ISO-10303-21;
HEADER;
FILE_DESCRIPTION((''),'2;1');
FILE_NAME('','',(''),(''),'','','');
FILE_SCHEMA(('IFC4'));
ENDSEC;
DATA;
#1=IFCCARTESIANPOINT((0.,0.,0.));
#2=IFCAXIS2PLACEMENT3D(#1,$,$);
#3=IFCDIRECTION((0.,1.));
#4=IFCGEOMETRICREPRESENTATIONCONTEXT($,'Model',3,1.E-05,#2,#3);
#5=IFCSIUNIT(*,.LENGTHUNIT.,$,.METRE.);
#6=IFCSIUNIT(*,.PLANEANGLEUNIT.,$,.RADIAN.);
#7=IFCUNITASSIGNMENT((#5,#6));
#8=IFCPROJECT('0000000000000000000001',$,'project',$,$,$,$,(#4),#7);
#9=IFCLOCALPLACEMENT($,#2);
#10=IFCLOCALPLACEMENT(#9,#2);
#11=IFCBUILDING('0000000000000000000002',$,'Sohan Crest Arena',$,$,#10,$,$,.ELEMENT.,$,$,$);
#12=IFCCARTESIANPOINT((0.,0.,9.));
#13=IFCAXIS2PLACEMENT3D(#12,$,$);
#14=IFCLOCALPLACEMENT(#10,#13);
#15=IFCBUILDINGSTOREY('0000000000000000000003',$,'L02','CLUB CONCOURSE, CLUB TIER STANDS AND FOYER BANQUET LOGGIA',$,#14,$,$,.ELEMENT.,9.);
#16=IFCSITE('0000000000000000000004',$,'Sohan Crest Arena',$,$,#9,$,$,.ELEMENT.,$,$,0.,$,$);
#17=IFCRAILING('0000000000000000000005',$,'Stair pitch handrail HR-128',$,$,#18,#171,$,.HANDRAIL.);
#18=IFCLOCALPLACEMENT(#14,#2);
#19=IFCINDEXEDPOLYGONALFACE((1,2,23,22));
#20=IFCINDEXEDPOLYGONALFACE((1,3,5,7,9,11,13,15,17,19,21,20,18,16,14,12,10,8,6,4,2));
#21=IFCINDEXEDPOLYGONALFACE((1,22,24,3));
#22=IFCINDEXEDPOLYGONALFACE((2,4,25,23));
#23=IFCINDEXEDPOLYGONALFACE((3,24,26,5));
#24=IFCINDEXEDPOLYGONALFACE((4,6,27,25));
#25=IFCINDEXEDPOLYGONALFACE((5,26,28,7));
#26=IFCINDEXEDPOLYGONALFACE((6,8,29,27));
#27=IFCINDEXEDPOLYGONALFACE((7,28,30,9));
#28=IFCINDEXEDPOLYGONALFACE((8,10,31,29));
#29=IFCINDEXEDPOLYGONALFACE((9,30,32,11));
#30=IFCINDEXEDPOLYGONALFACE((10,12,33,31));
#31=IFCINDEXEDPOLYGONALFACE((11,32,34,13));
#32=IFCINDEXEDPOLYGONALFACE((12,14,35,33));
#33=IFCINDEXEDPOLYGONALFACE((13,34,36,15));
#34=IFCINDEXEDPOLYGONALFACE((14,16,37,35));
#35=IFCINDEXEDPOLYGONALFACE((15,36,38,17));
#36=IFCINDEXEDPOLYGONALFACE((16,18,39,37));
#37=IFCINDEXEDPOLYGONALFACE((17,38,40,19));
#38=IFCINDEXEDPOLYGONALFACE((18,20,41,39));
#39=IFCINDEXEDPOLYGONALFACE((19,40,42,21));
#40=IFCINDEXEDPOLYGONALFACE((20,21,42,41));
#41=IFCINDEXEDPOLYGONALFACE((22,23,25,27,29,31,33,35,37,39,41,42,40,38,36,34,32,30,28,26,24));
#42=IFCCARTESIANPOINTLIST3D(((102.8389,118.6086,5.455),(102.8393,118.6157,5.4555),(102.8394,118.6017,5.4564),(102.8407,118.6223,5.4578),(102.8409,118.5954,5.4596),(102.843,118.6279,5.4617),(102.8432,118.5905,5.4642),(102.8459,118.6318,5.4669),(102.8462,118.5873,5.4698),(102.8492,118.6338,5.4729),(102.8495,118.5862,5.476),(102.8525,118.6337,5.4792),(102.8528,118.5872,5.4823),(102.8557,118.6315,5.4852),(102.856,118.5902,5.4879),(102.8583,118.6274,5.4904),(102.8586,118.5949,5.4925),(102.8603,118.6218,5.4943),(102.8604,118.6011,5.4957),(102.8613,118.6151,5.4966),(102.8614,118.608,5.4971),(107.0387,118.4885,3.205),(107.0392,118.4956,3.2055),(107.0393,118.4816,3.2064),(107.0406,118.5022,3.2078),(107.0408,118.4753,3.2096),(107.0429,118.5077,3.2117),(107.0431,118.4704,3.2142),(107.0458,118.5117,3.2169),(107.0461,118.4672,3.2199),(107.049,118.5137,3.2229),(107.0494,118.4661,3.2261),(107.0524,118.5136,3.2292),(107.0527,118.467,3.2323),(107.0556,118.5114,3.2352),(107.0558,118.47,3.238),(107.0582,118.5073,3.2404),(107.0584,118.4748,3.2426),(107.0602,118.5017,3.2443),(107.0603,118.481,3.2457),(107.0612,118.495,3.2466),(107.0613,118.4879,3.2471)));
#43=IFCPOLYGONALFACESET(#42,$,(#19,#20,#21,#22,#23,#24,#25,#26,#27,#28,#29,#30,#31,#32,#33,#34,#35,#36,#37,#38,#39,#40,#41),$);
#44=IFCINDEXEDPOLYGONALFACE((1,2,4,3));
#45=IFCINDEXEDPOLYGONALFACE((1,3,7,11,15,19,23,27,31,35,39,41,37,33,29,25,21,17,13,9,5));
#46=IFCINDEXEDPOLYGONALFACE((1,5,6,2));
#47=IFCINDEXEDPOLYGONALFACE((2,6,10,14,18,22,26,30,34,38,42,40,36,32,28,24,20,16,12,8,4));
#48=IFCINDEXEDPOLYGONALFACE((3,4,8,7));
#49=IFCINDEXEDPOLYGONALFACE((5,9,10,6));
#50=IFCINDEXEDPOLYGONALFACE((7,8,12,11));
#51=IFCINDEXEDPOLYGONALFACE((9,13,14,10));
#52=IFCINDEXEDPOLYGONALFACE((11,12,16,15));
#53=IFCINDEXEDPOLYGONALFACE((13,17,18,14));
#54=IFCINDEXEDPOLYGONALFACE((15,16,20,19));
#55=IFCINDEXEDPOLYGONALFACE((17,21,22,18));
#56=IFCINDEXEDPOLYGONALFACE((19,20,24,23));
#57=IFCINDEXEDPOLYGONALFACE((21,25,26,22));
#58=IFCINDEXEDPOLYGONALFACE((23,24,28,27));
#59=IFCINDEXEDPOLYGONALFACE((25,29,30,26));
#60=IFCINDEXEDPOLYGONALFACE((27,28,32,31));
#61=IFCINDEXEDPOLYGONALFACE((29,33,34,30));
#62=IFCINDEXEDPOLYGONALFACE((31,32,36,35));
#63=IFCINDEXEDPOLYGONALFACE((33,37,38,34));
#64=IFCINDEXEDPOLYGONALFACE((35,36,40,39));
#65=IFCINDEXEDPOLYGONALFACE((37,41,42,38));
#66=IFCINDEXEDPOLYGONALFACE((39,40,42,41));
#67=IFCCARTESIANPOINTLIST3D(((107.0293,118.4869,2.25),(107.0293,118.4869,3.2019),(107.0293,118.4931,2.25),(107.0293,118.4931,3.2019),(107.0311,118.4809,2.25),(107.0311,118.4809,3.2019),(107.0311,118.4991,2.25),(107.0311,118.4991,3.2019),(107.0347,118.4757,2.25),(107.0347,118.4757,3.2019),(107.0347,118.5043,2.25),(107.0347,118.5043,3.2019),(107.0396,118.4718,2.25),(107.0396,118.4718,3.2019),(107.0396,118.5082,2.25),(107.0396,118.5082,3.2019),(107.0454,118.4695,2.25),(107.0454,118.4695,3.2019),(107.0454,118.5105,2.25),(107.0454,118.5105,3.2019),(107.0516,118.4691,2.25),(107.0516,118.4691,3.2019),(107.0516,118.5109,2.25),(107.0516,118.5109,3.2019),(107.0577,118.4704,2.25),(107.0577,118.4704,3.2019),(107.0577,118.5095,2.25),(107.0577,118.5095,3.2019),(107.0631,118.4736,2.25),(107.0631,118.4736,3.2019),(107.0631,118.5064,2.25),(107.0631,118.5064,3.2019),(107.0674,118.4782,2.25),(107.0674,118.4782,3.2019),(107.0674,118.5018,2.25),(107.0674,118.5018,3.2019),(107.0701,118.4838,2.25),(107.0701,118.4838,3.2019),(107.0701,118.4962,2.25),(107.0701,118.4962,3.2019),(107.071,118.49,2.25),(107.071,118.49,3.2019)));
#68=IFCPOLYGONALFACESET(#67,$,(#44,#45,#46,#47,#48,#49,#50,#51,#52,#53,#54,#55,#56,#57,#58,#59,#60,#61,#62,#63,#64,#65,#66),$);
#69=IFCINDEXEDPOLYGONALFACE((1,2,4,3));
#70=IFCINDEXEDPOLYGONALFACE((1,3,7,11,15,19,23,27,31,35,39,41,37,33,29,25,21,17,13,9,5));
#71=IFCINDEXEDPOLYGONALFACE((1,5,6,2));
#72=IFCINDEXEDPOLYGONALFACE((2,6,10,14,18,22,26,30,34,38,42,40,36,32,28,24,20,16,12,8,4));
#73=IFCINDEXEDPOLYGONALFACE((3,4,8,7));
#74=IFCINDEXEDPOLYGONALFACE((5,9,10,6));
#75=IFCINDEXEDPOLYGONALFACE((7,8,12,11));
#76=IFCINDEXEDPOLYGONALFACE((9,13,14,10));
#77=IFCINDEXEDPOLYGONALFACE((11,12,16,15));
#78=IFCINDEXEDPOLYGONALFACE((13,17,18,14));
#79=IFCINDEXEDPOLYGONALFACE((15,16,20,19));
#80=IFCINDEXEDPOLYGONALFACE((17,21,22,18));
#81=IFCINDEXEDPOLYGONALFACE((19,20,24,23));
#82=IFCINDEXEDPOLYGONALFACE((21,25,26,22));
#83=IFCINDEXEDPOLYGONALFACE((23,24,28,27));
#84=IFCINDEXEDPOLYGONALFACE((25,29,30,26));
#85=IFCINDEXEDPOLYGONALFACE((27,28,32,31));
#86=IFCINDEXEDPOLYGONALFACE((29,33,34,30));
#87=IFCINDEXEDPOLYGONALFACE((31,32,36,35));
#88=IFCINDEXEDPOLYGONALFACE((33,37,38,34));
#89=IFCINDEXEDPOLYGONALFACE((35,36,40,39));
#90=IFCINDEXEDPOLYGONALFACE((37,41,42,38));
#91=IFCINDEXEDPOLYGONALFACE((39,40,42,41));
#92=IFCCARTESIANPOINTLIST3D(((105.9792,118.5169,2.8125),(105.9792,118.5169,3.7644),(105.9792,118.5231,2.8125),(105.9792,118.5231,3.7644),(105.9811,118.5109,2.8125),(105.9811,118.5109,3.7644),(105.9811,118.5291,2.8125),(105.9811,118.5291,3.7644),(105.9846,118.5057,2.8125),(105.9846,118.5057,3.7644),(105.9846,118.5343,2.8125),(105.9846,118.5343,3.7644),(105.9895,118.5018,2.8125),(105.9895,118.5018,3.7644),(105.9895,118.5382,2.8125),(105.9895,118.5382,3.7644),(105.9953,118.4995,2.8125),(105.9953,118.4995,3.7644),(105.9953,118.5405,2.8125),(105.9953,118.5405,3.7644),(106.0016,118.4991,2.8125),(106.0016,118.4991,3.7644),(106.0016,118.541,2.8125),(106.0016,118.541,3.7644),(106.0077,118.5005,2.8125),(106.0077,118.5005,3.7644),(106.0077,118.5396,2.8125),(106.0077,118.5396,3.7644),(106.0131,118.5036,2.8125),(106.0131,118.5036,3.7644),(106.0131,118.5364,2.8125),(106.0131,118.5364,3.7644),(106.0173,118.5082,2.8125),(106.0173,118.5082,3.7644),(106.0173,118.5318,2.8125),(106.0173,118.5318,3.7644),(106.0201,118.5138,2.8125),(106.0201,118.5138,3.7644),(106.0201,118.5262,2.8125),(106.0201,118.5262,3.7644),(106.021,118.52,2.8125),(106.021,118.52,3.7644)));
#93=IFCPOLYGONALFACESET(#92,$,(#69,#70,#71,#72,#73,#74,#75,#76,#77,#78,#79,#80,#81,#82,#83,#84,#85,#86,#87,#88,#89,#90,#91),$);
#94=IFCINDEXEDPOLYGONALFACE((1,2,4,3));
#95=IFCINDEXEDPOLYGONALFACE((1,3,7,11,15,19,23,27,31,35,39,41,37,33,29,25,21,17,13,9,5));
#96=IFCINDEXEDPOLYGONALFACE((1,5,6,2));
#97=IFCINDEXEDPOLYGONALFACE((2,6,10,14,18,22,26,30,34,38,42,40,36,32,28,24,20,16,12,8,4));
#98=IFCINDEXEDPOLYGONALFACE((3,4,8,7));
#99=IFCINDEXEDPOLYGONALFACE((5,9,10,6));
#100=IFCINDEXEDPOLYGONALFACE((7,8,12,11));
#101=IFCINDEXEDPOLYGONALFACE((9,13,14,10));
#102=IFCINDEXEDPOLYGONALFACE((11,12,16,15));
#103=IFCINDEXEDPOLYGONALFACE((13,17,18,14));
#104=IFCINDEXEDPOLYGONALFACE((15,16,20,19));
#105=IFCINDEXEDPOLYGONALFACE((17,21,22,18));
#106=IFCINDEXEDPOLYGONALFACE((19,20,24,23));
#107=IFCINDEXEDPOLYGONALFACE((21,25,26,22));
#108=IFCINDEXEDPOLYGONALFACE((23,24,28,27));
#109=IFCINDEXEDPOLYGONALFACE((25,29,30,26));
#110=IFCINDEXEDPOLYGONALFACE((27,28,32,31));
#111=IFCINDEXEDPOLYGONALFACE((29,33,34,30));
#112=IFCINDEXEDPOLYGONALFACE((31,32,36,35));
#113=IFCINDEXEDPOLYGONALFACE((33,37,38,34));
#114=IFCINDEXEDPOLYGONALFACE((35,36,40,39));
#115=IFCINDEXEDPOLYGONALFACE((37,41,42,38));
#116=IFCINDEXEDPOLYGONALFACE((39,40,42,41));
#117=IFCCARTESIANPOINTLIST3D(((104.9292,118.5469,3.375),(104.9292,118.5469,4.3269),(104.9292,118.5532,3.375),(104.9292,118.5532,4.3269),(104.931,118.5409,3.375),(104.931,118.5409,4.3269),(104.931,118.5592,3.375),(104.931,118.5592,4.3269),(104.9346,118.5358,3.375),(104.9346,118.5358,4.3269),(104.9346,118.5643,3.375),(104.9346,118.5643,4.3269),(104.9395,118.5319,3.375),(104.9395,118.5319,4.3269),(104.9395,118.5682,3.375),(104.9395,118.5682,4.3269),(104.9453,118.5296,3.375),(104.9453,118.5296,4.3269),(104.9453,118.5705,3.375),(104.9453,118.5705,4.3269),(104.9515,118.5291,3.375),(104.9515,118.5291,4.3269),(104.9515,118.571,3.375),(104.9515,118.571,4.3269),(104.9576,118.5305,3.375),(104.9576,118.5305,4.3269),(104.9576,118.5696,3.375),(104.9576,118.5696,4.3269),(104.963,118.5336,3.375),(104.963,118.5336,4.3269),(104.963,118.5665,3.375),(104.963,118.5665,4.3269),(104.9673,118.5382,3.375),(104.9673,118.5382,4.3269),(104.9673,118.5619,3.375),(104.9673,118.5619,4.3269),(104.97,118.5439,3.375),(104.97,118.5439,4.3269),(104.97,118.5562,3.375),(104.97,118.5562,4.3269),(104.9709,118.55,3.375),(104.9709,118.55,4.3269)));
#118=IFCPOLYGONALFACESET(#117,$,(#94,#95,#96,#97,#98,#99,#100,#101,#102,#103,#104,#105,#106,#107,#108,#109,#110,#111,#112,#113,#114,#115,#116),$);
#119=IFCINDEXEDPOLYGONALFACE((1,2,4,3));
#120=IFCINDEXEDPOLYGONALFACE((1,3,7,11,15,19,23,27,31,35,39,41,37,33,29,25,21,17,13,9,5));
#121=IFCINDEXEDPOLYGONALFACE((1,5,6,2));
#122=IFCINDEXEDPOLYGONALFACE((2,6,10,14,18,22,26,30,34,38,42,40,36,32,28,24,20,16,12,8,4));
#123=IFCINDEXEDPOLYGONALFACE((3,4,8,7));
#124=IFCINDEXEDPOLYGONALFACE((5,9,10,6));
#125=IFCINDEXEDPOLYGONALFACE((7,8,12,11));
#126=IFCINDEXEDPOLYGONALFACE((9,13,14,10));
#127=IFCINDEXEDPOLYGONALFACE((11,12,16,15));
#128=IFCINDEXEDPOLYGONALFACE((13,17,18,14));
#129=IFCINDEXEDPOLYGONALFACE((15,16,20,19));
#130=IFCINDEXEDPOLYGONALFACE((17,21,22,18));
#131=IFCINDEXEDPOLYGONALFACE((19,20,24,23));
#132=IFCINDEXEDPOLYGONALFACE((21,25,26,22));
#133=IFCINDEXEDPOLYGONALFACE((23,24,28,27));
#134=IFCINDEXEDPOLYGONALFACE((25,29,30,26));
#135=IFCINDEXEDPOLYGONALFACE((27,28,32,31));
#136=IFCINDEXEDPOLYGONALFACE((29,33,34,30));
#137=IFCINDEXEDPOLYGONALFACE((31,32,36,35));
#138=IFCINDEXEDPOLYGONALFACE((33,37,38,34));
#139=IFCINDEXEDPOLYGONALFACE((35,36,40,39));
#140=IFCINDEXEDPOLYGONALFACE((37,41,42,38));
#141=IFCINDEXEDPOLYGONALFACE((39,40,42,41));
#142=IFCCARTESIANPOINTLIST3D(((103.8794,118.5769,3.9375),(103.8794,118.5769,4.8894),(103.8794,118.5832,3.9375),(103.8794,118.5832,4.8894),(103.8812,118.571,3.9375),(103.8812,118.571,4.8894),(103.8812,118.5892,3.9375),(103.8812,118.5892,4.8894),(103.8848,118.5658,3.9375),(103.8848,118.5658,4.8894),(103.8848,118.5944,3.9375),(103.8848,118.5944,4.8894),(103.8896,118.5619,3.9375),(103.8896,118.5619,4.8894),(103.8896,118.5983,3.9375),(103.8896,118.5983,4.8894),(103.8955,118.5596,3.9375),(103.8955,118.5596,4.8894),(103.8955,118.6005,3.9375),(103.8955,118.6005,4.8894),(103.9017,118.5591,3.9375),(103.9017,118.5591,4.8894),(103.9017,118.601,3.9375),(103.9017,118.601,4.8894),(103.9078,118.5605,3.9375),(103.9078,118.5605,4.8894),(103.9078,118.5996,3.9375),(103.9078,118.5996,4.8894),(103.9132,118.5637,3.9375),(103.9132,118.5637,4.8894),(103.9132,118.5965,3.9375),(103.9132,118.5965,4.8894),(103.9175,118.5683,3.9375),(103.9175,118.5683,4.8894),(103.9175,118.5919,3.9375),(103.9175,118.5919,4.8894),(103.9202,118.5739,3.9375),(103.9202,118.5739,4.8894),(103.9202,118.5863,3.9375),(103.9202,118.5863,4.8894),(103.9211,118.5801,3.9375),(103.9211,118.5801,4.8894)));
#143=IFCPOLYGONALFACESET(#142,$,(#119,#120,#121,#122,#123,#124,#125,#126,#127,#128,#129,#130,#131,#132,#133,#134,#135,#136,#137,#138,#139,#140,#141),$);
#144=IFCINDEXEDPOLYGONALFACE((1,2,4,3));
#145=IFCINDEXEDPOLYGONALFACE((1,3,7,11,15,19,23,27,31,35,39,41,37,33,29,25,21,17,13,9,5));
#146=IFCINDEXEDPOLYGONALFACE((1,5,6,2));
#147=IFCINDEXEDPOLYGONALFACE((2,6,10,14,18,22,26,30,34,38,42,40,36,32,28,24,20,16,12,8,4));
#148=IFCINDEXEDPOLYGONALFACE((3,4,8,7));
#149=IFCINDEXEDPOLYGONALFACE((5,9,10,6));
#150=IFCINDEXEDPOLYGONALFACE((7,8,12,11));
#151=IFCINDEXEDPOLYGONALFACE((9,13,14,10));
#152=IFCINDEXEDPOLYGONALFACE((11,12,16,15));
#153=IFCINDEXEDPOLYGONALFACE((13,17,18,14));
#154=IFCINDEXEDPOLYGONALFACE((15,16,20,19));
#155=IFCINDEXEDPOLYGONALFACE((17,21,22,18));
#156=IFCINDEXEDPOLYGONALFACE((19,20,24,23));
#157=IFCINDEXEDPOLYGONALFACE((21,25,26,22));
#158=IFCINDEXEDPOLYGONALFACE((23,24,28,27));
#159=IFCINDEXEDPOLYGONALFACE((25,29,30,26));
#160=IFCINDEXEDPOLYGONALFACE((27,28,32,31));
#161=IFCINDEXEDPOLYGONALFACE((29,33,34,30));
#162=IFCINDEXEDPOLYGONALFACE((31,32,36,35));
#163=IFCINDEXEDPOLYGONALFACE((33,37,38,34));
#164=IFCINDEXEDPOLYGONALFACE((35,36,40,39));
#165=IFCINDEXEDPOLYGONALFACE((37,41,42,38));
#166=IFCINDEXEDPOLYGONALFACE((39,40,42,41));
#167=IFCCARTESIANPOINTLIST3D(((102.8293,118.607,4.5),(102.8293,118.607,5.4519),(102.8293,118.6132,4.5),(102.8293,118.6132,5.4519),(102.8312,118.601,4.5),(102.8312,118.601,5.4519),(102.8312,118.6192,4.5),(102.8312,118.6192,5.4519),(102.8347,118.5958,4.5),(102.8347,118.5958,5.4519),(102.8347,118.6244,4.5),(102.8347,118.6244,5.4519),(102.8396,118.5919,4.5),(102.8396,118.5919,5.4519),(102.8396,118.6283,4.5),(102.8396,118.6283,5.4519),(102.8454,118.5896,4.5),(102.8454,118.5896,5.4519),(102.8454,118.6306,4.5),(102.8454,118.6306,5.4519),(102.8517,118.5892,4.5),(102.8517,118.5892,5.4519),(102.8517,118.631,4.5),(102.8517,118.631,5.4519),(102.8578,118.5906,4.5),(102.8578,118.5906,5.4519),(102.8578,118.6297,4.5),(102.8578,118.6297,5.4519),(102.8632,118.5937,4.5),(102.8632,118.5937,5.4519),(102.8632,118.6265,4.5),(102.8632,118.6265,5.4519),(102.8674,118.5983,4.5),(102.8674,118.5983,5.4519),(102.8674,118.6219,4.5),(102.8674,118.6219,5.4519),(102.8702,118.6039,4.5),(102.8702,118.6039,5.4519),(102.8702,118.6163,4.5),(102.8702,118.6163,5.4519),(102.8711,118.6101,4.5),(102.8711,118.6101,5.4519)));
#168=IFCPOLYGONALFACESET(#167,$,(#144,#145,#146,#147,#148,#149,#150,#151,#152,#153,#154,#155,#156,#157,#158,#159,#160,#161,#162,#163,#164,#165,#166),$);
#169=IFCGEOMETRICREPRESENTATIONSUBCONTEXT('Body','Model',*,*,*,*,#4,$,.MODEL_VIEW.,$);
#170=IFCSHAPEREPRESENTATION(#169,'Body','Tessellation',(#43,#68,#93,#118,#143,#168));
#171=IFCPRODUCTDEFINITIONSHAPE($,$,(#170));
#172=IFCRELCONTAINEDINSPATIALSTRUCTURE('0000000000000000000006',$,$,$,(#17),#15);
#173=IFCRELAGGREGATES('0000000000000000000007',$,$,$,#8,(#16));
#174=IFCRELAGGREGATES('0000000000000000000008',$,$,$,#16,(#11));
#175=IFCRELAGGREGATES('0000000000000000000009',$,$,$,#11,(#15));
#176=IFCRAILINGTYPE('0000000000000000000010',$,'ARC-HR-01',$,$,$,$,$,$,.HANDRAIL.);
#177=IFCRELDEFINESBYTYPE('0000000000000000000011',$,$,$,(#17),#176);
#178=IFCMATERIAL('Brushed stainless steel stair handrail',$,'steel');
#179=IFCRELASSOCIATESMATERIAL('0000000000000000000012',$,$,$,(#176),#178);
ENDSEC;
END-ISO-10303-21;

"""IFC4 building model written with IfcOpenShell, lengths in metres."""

from ifc_helpers import new_model, si_unit, direction, frame, origin, origin_2d, place, context, subcontext, project, spatial, circle, extrude, material, type_object, element, save


model = new_model("IFC4")

# Units and contexts
model_context = context("Model", 3, precision=1e-05, world=origin(), true_north=direction((0.0, 1.0)))
body_context = subcontext(model_context, "Body", "Model", "MODEL_VIEW")
ifc_project = project(units=[si_unit("LENGTHUNIT", "METRE"), si_unit("PLANEANGLEUNIT", "RADIAN")], contexts=[model_context])

# Site, building, storey
site_placement = place(None, origin())
site = spatial("IfcSite", under=ifc_project, at=site_placement, Name="Sohan Crest Arena", CompositionType="ELEMENT", RefElevation=0.0)
building_placement = place(site_placement, origin())
building = spatial("IfcBuilding", under=site, at=building_placement, Name="Sohan Crest Arena", CompositionType="ELEMENT")
storey_placement = place(building_placement, frame((0.0, 0.0, 9.0)))
storey = spatial("IfcBuildingStorey", under=building, at=storey_placement, Name="L02", Description="CLUB CONCOURSE, CLUB TIER STANDS AND FOYER BANQUET LOGGIA", CompositionType="ELEMENT", Elevation=9.0)

# Railing
ifc_material_1 = material(Name="Brushed stainless steel stair handrail", Category="steel")
railing_type_1 = type_object("IfcRailingType", Name="ARC-HR-01", PredefinedType="HANDRAIL", material=ifc_material_1)
railing_1_placement = place(storey_placement, frame((107.05, 118.49, 2.25)))
element("IfcRailing", 1, at=railing_1_placement, inside=storey, type_object=railing_type_1, Name="Stair pitch handrail HR-128", PredefinedType="HANDRAIL", context=body_context, shape_type="SweptSolid", body=[
    extrude(circle(Radius=0.0239, at=origin_2d()), frame((0.0, 0.0, 0.9761), z_axis=(-0.881198, 0.025202, 0.472076), x_axis=(-0.028588, -0.999591, 0.0)), (0.0, 0.0, 1.0), 4.7661),
    extrude(circle(Radius=0.021, at=origin_2d()), origin(), (0.0, 0.0, 1.0), 0.9519),
    extrude(circle(Radius=0.021, at=origin_2d()), frame((-1.05, 0.03, 0.5625)), (0.0, 0.0, 1.0), 0.9519),
    extrude(circle(Radius=0.021, at=origin_2d()), frame((-2.1001, 0.0601, 1.125)), (0.0, 0.0, 1.0), 0.9519),
    extrude(circle(Radius=0.021, at=origin_2d()), frame((-3.1499, 0.0901, 1.6875)), (0.0, 0.0, 1.0), 0.9519),
    extrude(circle(Radius=0.021, at=origin_2d()), frame((-4.2, 0.1201, 2.25)), (0.0, 0.0, 1.0), 0.9519),
])

save(model, "model.ifc")
